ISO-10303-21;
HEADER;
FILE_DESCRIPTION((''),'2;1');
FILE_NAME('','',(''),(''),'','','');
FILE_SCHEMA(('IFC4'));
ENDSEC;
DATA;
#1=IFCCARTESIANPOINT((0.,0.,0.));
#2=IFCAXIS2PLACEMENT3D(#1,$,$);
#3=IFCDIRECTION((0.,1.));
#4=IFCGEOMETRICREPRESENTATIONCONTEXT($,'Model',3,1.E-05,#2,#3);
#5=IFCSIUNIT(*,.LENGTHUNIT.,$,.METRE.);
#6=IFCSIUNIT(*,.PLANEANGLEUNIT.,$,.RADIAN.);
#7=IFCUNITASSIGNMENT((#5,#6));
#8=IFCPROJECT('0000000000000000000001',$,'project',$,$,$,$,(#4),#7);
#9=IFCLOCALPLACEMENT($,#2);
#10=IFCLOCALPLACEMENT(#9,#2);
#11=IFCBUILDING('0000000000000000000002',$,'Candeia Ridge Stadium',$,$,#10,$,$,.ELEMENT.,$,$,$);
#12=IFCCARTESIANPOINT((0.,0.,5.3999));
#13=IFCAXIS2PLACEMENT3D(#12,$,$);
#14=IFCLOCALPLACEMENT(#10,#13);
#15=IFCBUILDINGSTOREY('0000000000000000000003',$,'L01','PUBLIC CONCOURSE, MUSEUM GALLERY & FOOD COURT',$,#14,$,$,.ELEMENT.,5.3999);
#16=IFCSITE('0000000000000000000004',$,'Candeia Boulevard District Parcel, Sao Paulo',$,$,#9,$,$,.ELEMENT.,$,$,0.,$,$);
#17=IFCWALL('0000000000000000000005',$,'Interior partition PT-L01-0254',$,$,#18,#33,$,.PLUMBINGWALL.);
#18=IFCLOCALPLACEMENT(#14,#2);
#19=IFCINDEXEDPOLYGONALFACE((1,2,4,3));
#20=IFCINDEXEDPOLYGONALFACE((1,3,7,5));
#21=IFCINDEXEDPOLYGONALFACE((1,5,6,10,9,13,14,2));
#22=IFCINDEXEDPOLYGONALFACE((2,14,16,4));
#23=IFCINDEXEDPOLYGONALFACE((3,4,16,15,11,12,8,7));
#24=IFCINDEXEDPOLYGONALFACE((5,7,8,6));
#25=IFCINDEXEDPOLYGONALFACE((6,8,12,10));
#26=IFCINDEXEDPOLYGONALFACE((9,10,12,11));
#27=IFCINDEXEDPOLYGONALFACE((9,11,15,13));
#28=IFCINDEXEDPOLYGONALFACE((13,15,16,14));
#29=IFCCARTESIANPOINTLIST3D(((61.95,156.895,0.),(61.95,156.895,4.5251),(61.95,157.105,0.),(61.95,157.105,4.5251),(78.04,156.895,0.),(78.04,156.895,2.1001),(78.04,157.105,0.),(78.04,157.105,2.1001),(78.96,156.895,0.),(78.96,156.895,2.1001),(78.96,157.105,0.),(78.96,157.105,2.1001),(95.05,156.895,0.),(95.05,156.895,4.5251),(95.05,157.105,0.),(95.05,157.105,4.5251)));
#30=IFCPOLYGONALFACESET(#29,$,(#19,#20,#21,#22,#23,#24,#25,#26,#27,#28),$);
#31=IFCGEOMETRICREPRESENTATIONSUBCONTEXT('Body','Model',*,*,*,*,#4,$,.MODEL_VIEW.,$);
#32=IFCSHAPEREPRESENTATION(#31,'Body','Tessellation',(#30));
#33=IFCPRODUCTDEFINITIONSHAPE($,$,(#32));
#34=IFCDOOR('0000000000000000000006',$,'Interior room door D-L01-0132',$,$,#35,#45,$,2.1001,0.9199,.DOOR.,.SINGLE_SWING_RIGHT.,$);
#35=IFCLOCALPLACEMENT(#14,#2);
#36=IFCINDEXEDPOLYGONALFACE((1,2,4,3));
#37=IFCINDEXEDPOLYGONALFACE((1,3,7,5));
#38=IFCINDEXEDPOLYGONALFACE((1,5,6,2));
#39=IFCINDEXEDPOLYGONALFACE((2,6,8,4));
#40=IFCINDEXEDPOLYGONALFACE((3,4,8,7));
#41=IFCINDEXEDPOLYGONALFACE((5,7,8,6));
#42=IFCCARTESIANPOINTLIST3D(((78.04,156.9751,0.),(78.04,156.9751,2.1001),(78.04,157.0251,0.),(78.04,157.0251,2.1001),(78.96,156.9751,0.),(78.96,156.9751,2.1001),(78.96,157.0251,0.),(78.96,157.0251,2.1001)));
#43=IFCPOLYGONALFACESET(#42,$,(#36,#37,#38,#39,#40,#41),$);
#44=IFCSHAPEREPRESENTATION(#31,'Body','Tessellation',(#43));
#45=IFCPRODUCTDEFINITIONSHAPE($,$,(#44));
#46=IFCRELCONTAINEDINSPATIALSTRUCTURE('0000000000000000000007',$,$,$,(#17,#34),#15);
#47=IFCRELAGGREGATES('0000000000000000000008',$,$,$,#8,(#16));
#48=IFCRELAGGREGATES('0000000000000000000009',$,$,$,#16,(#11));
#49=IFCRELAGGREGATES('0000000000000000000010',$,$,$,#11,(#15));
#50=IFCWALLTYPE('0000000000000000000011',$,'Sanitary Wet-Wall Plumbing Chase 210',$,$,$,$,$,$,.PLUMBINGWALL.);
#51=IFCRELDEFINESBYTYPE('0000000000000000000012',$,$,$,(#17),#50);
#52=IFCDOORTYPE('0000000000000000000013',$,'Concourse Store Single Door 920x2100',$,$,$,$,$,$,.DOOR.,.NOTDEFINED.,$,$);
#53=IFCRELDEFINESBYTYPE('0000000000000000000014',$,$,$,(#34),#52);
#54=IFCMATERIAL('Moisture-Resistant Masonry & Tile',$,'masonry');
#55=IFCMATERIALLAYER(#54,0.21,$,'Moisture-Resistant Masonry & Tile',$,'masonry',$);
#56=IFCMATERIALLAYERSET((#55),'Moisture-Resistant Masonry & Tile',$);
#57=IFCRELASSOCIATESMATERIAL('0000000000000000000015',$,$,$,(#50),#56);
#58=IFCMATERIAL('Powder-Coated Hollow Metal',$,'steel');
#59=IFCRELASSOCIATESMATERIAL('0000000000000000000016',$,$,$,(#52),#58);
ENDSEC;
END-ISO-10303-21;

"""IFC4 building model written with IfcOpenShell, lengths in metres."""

from ifc_helpers import new_model, si_unit, direction, frame, frame_2d, origin, place, context, subcontext, project, spatial, rectangle, extrude, material, layer, layer_set, type_object, element, fill, save


model = new_model("IFC4")

# Units and contexts
model_context = context("Model", 3, precision=1e-05, world=origin(), true_north=direction((0.0, 1.0)))
body_context = subcontext(model_context, "Body", "Model", "MODEL_VIEW")
ifc_project = project(units=[si_unit("LENGTHUNIT", "METRE"), si_unit("PLANEANGLEUNIT", "RADIAN")], contexts=[model_context])

# Site, building, storey
site_placement = place(None, origin())
site = spatial("IfcSite", under=ifc_project, at=site_placement, Name="Candeia Boulevard District Parcel, Sao Paulo", CompositionType="ELEMENT", RefElevation=0.0)
building_placement = place(site_placement, origin())
building = spatial("IfcBuilding", under=site, at=building_placement, Name="Candeia Ridge Stadium", CompositionType="ELEMENT")
storey_placement = place(building_placement, frame((0.0, 0.0, 5.3999)))
storey = spatial("IfcBuildingStorey", under=building, at=storey_placement, Name="L01", Description="PUBLIC CONCOURSE, MUSEUM GALLERY & FOOD COURT", CompositionType="ELEMENT", Elevation=5.3999)

# Shared definitions
ifc_material_1 = material(Name="Moisture-Resistant Masonry & Tile", Category="masonry")

# Wall, opening, door
ifc_layer_1 = layer(ifc_material_1, 0.21, Name="Moisture-Resistant Masonry & Tile", Category="masonry")
ifc_layer_set_1 = layer_set([ifc_layer_1], Name="Moisture-Resistant Masonry & Tile")
wall_type_1 = type_object("IfcWallType", Name="Sanitary Wet-Wall Plumbing Chase 210", PredefinedType="PLUMBINGWALL", material=ifc_layer_set_1)
wall_1_placement = place(storey_placement, frame((95.05, 157.0, 0.0), z_axis=(0.0, 0.0, 1.0), x_axis=(-1.0, 0.0, 0.0)))
wall_1 = element("IfcWall", 1, at=wall_1_placement, inside=storey, type_object=wall_type_1, Name="Interior partition PT-L01-0254", PredefinedType="PLUMBINGWALL", context=body_context, shape_type="SweptSolid", body=[
    extrude(rectangle(XDim=33.1001, YDim=0.21, at=frame_2d((16.55, 0.0))), origin(), (0.0, 0.0, 1.0), 4.5251),
])
opening_1_placement = place(wall_1_placement, frame((16.0901, 0.0, 0.0)))
opening_1 = element("IfcOpeningElement", 2, at=opening_1_placement, cuts=wall_1, PredefinedType="OPENING", context=body_context, shape_type="SweptSolid", body=[
    extrude(rectangle(XDim=0.9199, YDim=2.1001, at=frame_2d((0.46, 1.05))), frame((0.0, 0.115, 0.0), z_axis=(0.0, -1.0, 0.0), x_axis=(1.0, 0.0, 0.0)), (0.0, 0.0, 1.0), 0.23),
])
ifc_material_2 = material(Name="Powder-Coated Hollow Metal", Category="steel")
door_type = type_object("IfcDoorType", Name="Concourse Store Single Door 920x2100", OperationType="NOTDEFINED", PredefinedType="DOOR", material=ifc_material_2)
door_placement = place(opening_1_placement, origin())
door = element("IfcDoor", 3, at=door_placement, inside=storey, type_object=door_type, Name="Interior room door D-L01-0132", OperationType="SINGLE_SWING_RIGHT", OverallHeight=2.1001, OverallWidth=0.9199, PredefinedType="DOOR", context=body_context, shape_type="SweptSolid", body=[
    extrude(rectangle(XDim=0.9199, YDim=2.1001, at=frame_2d((0.46, 1.05))), frame((0.0, 0.0249, 0.0), z_axis=(0.0, -1.0, 0.0), x_axis=(1.0, 0.0, 0.0)), (0.0, 0.0, 1.0), 0.05),
])
fill(opening_1, door)

save(model, "model.ifc")
